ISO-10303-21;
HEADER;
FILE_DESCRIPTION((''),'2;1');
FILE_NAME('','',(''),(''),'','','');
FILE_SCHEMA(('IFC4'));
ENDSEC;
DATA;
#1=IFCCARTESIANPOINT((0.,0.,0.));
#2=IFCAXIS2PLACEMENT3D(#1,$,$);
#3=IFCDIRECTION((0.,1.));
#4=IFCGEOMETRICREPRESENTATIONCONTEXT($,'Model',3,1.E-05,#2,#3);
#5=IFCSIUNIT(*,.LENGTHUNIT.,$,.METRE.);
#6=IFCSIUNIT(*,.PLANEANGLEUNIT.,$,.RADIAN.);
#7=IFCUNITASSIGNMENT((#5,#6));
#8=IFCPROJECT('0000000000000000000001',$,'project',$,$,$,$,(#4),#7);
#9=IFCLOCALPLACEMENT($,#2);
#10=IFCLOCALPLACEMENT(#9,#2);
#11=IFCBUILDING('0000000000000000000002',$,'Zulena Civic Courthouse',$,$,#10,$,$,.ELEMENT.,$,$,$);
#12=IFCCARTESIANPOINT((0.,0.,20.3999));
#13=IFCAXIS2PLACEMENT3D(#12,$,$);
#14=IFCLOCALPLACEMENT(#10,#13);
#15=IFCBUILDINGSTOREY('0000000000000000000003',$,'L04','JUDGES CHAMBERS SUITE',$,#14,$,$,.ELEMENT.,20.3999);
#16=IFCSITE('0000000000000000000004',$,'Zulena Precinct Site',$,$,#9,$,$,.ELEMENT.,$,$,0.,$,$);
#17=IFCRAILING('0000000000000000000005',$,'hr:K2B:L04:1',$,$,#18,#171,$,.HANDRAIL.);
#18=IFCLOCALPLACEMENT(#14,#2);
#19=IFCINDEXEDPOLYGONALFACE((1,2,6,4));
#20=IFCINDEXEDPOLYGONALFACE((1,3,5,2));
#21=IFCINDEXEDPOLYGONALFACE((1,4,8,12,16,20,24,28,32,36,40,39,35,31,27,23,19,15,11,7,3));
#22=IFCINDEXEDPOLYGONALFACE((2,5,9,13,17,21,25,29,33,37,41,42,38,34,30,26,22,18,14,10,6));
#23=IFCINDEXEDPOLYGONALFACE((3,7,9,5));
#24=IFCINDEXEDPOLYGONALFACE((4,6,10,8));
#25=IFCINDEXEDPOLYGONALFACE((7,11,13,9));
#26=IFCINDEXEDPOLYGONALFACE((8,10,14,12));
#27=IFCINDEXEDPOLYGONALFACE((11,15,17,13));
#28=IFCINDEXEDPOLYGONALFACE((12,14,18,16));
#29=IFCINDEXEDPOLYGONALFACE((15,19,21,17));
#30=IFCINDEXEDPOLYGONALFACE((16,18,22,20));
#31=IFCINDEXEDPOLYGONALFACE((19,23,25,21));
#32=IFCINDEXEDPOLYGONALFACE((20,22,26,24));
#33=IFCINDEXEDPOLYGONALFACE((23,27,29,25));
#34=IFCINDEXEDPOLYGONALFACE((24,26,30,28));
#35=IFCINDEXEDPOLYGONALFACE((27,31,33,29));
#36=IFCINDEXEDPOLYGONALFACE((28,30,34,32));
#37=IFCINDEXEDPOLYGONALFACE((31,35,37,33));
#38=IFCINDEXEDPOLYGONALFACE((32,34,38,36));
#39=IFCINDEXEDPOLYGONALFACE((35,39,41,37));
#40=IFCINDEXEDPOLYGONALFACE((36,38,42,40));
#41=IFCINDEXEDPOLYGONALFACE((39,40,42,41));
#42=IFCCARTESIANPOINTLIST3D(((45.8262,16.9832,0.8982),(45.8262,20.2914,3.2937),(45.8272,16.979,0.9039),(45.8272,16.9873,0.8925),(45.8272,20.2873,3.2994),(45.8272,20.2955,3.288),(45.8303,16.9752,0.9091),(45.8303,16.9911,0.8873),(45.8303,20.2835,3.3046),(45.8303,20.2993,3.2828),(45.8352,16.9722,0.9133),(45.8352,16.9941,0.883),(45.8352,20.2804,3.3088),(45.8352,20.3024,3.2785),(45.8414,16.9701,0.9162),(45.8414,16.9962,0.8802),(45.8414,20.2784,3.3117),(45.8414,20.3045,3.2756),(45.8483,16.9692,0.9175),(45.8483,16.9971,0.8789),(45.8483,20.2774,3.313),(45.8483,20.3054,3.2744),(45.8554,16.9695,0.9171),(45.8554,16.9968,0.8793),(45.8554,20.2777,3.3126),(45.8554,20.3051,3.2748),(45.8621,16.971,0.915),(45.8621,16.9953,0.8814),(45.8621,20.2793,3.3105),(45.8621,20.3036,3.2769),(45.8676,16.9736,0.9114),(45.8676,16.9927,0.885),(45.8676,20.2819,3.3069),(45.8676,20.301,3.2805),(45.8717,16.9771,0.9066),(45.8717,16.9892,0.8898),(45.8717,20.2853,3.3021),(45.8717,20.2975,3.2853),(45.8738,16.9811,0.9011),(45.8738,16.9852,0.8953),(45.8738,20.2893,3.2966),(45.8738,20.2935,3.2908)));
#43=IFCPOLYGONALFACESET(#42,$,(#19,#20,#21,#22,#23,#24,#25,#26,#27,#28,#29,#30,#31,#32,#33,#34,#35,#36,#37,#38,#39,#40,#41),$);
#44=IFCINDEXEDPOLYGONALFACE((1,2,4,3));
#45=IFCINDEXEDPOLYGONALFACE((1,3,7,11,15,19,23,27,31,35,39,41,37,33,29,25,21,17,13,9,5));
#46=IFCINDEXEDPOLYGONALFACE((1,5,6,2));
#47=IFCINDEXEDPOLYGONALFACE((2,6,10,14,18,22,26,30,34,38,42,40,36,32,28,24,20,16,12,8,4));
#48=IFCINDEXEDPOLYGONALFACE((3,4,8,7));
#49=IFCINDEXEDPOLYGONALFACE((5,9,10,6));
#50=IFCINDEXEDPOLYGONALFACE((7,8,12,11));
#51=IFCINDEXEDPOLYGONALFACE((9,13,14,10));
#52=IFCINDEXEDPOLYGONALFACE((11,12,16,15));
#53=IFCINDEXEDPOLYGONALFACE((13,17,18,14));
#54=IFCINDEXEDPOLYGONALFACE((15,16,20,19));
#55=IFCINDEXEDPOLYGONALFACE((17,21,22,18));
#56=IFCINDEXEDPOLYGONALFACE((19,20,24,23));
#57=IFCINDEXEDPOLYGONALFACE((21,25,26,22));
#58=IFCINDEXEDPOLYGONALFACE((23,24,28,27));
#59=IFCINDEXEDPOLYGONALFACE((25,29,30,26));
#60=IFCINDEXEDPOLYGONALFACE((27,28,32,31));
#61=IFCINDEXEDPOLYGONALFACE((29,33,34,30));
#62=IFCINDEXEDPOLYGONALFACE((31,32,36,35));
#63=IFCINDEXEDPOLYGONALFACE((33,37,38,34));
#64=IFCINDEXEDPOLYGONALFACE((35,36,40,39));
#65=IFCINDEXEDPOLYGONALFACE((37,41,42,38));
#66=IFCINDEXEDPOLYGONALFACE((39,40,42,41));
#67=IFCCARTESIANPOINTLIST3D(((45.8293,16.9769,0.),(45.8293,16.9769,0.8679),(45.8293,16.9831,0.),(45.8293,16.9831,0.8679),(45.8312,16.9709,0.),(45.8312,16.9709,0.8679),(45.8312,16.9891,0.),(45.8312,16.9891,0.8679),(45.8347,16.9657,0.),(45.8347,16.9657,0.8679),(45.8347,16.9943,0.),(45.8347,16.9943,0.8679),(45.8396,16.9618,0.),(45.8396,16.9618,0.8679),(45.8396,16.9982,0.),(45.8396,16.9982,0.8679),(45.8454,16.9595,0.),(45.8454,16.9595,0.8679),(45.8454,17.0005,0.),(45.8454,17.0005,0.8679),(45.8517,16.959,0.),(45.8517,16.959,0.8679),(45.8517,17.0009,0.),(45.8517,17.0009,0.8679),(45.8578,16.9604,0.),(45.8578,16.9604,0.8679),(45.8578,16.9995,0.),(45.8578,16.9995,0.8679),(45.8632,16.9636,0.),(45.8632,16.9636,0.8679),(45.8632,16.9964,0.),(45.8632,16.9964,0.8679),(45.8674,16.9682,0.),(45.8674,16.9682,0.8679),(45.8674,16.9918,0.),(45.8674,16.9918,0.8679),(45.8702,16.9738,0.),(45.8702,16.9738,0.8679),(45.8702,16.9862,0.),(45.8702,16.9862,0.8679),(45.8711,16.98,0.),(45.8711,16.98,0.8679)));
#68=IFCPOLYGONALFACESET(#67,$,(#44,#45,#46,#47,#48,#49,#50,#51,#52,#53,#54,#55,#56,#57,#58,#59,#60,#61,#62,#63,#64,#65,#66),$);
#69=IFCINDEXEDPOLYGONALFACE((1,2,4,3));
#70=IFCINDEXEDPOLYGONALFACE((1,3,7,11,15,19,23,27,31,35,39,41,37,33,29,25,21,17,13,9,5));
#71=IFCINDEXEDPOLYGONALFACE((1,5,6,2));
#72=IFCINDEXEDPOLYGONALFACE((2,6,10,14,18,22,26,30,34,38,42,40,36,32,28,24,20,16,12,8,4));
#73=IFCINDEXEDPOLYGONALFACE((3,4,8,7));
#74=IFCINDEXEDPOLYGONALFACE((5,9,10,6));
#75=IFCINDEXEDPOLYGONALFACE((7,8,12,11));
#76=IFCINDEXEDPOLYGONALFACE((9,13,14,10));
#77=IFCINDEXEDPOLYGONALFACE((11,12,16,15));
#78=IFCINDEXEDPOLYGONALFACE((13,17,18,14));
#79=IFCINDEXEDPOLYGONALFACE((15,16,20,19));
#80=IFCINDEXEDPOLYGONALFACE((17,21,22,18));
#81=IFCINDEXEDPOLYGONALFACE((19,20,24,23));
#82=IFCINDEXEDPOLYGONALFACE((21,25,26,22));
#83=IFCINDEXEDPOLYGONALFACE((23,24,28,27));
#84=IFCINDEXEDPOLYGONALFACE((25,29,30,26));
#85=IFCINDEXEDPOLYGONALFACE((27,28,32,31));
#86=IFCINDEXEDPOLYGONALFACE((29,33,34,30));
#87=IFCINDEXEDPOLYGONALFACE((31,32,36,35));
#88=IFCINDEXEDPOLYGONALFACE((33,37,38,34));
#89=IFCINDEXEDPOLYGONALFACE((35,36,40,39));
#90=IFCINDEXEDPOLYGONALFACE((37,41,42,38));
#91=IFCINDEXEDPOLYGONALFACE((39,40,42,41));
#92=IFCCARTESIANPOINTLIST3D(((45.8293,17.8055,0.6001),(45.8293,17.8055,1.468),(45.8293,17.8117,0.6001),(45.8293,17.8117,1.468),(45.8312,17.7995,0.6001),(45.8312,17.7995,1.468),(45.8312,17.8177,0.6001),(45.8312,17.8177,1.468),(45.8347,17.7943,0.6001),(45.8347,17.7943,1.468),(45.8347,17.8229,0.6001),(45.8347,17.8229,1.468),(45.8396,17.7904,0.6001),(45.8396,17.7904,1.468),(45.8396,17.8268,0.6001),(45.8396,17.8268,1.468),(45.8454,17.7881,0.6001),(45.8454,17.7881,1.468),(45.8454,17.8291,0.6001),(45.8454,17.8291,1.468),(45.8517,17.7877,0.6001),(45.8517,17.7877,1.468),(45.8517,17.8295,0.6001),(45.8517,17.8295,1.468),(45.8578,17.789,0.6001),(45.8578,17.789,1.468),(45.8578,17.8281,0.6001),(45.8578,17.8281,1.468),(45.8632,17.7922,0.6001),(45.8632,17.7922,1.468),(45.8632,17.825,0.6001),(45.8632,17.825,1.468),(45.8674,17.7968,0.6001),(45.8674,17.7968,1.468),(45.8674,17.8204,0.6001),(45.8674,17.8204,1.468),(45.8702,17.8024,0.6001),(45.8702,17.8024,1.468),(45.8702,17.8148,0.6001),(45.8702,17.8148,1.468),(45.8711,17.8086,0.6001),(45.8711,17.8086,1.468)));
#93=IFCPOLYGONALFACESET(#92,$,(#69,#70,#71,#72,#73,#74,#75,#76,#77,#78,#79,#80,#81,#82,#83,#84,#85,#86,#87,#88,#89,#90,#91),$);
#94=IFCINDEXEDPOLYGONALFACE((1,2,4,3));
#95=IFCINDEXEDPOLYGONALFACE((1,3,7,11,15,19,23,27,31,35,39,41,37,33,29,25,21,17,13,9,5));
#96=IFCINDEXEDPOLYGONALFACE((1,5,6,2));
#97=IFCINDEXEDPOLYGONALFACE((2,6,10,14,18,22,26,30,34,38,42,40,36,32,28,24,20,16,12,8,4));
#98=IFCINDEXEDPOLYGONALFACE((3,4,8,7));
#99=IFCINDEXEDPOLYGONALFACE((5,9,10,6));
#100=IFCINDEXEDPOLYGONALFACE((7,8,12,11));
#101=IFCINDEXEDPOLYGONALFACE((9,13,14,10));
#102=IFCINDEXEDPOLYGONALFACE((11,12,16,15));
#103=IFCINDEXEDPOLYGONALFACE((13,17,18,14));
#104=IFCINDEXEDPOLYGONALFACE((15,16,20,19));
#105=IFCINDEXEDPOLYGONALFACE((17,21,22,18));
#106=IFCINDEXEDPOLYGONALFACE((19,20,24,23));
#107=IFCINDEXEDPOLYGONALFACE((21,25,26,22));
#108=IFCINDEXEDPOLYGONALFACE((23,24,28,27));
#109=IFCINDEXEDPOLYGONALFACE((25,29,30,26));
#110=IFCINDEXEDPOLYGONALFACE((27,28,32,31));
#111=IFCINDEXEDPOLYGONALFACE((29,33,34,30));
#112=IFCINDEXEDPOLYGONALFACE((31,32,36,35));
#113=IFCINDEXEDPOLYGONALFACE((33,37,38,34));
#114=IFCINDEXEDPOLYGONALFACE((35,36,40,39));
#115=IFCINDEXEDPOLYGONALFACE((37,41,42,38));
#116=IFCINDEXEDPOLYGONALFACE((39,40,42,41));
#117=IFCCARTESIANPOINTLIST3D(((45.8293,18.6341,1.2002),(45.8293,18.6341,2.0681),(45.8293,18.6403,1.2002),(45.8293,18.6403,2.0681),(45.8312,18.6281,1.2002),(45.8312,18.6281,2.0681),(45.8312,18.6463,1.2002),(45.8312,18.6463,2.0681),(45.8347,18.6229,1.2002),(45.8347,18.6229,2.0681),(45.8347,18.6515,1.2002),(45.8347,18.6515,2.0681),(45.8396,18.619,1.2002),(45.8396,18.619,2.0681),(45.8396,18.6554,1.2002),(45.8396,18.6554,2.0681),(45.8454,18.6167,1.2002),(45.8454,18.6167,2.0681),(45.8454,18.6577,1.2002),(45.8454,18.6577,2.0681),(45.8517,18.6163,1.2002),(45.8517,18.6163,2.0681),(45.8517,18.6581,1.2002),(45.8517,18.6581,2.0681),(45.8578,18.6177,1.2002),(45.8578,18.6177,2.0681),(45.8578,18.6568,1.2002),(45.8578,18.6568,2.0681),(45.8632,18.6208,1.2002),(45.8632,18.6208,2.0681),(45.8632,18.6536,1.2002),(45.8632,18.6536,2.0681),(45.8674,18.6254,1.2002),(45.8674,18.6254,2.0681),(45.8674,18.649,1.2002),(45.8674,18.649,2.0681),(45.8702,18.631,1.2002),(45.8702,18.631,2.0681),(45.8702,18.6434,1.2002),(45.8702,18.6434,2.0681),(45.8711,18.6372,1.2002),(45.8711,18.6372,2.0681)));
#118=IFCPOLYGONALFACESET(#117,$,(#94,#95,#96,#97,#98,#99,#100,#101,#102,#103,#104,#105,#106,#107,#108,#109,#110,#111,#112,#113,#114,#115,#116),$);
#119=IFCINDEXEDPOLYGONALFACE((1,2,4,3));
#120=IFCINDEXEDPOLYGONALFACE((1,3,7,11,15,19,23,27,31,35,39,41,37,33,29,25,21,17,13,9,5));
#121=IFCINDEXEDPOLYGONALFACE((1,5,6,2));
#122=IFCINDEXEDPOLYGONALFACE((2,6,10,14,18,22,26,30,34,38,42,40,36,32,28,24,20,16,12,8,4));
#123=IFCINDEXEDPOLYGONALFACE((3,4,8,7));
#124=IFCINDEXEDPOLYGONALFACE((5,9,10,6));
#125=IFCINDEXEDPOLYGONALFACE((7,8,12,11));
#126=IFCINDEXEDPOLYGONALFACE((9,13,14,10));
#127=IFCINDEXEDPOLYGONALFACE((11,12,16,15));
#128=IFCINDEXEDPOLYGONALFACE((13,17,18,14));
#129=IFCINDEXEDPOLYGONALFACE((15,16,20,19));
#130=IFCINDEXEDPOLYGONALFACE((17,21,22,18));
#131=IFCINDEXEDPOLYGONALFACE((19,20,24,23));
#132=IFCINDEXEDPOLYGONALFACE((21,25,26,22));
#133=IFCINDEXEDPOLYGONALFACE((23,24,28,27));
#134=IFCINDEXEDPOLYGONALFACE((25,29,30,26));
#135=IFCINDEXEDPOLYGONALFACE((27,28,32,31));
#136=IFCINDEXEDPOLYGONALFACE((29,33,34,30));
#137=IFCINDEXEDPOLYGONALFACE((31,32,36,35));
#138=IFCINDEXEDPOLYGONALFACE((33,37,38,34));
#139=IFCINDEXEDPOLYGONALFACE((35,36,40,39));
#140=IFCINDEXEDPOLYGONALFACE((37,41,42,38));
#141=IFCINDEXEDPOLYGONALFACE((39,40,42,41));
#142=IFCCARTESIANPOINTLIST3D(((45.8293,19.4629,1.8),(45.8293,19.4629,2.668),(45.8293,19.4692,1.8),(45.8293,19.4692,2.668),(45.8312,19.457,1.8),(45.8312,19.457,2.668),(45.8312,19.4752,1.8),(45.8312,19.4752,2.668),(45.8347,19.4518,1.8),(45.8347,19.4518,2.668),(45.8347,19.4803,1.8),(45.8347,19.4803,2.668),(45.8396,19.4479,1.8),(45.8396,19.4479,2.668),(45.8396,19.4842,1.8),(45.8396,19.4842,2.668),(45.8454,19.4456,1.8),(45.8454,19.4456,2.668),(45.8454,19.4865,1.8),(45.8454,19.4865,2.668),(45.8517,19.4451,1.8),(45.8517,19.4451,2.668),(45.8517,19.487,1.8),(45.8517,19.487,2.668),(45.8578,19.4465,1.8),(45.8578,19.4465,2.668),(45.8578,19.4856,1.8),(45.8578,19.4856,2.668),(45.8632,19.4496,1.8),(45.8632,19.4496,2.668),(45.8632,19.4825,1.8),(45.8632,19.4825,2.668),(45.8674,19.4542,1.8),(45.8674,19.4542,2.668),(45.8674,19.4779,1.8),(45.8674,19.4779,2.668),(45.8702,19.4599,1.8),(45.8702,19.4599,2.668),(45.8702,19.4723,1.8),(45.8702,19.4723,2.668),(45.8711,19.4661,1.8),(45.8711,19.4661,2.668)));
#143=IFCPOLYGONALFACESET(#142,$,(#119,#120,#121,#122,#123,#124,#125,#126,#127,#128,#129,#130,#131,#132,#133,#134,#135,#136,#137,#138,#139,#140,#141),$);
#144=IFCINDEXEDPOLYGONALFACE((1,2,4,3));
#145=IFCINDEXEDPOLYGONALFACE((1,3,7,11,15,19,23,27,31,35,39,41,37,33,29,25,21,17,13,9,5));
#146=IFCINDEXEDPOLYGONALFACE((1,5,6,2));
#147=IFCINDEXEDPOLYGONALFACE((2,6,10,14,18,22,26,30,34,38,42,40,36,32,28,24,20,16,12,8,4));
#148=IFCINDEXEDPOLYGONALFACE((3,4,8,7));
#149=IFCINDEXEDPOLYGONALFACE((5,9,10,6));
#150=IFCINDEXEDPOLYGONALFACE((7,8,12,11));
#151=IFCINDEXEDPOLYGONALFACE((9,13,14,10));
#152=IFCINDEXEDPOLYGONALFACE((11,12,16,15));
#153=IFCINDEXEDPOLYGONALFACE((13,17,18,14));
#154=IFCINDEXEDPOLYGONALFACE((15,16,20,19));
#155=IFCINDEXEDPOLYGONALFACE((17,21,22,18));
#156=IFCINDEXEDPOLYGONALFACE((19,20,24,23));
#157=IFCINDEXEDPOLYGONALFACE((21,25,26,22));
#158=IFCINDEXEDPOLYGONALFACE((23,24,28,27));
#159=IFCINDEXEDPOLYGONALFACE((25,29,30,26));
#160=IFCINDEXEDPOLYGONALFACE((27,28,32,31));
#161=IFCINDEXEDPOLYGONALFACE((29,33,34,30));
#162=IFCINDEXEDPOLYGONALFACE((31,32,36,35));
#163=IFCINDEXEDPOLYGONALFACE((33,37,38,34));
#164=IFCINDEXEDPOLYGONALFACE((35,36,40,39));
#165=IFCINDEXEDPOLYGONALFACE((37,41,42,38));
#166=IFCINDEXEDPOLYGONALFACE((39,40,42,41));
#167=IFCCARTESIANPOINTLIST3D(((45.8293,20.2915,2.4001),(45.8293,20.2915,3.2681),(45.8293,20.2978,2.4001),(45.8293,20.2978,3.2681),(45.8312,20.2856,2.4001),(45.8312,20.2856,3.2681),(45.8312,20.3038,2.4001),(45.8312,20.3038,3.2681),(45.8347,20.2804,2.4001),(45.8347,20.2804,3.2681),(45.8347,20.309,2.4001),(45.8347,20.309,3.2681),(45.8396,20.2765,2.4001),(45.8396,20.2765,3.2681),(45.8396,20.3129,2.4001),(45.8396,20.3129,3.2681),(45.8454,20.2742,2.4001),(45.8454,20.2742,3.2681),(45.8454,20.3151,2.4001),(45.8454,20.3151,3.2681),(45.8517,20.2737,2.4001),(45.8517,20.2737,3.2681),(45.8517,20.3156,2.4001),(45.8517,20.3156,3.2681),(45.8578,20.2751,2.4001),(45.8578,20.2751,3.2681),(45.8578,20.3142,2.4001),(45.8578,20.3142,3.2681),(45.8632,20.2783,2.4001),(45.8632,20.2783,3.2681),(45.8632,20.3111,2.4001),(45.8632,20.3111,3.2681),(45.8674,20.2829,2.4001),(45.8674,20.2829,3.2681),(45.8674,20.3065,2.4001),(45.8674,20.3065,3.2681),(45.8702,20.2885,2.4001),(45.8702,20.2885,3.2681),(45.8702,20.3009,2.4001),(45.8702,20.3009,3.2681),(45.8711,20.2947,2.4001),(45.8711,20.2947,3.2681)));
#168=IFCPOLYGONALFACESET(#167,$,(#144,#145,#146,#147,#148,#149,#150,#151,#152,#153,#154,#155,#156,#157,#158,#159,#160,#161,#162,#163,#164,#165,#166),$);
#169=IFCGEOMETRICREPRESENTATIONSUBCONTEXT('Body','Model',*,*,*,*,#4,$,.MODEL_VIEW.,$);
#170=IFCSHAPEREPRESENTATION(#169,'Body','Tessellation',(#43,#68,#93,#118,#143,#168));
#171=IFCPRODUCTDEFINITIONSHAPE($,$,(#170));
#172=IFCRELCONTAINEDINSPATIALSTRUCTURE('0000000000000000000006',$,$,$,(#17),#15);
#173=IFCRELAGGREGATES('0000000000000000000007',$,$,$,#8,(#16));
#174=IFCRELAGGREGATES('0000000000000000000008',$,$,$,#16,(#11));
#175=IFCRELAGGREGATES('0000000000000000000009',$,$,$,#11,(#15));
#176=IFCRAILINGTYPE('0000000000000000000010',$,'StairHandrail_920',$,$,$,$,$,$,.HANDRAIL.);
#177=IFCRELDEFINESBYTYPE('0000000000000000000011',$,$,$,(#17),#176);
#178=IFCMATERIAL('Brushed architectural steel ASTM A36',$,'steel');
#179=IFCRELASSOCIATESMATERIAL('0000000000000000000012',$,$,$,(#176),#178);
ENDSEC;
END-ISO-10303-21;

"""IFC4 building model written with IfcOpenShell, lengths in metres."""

from ifc_helpers import new_model, si_unit, direction, frame, origin, origin_2d, place, context, subcontext, project, spatial, circle, extrude, material, type_object, element, save


model = new_model("IFC4")

# Units and contexts
model_context = context("Model", 3, precision=1e-05, world=origin(), true_north=direction((0.0, 1.0)))
body_context = subcontext(model_context, "Body", "Model", "MODEL_VIEW")
ifc_project = project(units=[si_unit("LENGTHUNIT", "METRE"), si_unit("PLANEANGLEUNIT", "RADIAN")], contexts=[model_context])

# Site, building, storey
site_placement = place(None, origin())
site = spatial("IfcSite", under=ifc_project, at=site_placement, Name="Zulena Precinct Site", CompositionType="ELEMENT", RefElevation=0.0)
building_placement = place(site_placement, origin())
building = spatial("IfcBuilding", under=site, at=building_placement, Name="Zulena Civic Courthouse", CompositionType="ELEMENT")
storey_placement = place(building_placement, frame((0.0, 0.0, 20.3999)))
storey = spatial("IfcBuildingStorey", under=building, at=storey_placement, Name="L04", Description="JUDGES CHAMBERS SUITE", CompositionType="ELEMENT", Elevation=20.3999)

# Railing
ifc_material_1 = material(Name="Brushed architectural steel ASTM A36", Category="steel")
railing_type_1 = type_object("IfcRailingType", Name="StairHandrail_920", PredefinedType="HANDRAIL", material=ifc_material_1)
railing_1_placement = place(storey_placement, frame((45.8501, 16.98, 0.0)))
element("IfcRailing", 1, at=railing_1_placement, inside=storey, type_object=railing_type_1, Name="hr:K2B:L04:1", PredefinedType="HANDRAIL", context=body_context, shape_type="SweptSolid", body=[
    extrude(circle(Radius=0.0239, at=origin_2d()), frame((0.0, 0.0032, 0.8982), z_axis=(0.0, 0.80996, 0.586486), x_axis=(-1.0, 0.0, 0.0)), (0.0, 0.0, 1.0), 4.0845),
    extrude(circle(Radius=0.021, at=origin_2d()), origin(), (0.0, 0.0, 1.0), 0.8679),
    extrude(circle(Radius=0.021, at=origin_2d()), frame((0.0, 0.8286, 0.6001)), (0.0, 0.0, 1.0), 0.8679),
    extrude(circle(Radius=0.021, at=origin_2d()), frame((0.0, 1.6572, 1.2002)), (0.0, 0.0, 1.0), 0.8679),
    extrude(circle(Radius=0.021, at=origin_2d()), frame((0.0, 2.4861, 1.8)), (0.0, 0.0, 1.0), 0.8679),
    extrude(circle(Radius=0.021, at=origin_2d()), frame((0.0, 3.3147, 2.4001)), (0.0, 0.0, 1.0), 0.8679),
])

save(model, "model.ifc")
